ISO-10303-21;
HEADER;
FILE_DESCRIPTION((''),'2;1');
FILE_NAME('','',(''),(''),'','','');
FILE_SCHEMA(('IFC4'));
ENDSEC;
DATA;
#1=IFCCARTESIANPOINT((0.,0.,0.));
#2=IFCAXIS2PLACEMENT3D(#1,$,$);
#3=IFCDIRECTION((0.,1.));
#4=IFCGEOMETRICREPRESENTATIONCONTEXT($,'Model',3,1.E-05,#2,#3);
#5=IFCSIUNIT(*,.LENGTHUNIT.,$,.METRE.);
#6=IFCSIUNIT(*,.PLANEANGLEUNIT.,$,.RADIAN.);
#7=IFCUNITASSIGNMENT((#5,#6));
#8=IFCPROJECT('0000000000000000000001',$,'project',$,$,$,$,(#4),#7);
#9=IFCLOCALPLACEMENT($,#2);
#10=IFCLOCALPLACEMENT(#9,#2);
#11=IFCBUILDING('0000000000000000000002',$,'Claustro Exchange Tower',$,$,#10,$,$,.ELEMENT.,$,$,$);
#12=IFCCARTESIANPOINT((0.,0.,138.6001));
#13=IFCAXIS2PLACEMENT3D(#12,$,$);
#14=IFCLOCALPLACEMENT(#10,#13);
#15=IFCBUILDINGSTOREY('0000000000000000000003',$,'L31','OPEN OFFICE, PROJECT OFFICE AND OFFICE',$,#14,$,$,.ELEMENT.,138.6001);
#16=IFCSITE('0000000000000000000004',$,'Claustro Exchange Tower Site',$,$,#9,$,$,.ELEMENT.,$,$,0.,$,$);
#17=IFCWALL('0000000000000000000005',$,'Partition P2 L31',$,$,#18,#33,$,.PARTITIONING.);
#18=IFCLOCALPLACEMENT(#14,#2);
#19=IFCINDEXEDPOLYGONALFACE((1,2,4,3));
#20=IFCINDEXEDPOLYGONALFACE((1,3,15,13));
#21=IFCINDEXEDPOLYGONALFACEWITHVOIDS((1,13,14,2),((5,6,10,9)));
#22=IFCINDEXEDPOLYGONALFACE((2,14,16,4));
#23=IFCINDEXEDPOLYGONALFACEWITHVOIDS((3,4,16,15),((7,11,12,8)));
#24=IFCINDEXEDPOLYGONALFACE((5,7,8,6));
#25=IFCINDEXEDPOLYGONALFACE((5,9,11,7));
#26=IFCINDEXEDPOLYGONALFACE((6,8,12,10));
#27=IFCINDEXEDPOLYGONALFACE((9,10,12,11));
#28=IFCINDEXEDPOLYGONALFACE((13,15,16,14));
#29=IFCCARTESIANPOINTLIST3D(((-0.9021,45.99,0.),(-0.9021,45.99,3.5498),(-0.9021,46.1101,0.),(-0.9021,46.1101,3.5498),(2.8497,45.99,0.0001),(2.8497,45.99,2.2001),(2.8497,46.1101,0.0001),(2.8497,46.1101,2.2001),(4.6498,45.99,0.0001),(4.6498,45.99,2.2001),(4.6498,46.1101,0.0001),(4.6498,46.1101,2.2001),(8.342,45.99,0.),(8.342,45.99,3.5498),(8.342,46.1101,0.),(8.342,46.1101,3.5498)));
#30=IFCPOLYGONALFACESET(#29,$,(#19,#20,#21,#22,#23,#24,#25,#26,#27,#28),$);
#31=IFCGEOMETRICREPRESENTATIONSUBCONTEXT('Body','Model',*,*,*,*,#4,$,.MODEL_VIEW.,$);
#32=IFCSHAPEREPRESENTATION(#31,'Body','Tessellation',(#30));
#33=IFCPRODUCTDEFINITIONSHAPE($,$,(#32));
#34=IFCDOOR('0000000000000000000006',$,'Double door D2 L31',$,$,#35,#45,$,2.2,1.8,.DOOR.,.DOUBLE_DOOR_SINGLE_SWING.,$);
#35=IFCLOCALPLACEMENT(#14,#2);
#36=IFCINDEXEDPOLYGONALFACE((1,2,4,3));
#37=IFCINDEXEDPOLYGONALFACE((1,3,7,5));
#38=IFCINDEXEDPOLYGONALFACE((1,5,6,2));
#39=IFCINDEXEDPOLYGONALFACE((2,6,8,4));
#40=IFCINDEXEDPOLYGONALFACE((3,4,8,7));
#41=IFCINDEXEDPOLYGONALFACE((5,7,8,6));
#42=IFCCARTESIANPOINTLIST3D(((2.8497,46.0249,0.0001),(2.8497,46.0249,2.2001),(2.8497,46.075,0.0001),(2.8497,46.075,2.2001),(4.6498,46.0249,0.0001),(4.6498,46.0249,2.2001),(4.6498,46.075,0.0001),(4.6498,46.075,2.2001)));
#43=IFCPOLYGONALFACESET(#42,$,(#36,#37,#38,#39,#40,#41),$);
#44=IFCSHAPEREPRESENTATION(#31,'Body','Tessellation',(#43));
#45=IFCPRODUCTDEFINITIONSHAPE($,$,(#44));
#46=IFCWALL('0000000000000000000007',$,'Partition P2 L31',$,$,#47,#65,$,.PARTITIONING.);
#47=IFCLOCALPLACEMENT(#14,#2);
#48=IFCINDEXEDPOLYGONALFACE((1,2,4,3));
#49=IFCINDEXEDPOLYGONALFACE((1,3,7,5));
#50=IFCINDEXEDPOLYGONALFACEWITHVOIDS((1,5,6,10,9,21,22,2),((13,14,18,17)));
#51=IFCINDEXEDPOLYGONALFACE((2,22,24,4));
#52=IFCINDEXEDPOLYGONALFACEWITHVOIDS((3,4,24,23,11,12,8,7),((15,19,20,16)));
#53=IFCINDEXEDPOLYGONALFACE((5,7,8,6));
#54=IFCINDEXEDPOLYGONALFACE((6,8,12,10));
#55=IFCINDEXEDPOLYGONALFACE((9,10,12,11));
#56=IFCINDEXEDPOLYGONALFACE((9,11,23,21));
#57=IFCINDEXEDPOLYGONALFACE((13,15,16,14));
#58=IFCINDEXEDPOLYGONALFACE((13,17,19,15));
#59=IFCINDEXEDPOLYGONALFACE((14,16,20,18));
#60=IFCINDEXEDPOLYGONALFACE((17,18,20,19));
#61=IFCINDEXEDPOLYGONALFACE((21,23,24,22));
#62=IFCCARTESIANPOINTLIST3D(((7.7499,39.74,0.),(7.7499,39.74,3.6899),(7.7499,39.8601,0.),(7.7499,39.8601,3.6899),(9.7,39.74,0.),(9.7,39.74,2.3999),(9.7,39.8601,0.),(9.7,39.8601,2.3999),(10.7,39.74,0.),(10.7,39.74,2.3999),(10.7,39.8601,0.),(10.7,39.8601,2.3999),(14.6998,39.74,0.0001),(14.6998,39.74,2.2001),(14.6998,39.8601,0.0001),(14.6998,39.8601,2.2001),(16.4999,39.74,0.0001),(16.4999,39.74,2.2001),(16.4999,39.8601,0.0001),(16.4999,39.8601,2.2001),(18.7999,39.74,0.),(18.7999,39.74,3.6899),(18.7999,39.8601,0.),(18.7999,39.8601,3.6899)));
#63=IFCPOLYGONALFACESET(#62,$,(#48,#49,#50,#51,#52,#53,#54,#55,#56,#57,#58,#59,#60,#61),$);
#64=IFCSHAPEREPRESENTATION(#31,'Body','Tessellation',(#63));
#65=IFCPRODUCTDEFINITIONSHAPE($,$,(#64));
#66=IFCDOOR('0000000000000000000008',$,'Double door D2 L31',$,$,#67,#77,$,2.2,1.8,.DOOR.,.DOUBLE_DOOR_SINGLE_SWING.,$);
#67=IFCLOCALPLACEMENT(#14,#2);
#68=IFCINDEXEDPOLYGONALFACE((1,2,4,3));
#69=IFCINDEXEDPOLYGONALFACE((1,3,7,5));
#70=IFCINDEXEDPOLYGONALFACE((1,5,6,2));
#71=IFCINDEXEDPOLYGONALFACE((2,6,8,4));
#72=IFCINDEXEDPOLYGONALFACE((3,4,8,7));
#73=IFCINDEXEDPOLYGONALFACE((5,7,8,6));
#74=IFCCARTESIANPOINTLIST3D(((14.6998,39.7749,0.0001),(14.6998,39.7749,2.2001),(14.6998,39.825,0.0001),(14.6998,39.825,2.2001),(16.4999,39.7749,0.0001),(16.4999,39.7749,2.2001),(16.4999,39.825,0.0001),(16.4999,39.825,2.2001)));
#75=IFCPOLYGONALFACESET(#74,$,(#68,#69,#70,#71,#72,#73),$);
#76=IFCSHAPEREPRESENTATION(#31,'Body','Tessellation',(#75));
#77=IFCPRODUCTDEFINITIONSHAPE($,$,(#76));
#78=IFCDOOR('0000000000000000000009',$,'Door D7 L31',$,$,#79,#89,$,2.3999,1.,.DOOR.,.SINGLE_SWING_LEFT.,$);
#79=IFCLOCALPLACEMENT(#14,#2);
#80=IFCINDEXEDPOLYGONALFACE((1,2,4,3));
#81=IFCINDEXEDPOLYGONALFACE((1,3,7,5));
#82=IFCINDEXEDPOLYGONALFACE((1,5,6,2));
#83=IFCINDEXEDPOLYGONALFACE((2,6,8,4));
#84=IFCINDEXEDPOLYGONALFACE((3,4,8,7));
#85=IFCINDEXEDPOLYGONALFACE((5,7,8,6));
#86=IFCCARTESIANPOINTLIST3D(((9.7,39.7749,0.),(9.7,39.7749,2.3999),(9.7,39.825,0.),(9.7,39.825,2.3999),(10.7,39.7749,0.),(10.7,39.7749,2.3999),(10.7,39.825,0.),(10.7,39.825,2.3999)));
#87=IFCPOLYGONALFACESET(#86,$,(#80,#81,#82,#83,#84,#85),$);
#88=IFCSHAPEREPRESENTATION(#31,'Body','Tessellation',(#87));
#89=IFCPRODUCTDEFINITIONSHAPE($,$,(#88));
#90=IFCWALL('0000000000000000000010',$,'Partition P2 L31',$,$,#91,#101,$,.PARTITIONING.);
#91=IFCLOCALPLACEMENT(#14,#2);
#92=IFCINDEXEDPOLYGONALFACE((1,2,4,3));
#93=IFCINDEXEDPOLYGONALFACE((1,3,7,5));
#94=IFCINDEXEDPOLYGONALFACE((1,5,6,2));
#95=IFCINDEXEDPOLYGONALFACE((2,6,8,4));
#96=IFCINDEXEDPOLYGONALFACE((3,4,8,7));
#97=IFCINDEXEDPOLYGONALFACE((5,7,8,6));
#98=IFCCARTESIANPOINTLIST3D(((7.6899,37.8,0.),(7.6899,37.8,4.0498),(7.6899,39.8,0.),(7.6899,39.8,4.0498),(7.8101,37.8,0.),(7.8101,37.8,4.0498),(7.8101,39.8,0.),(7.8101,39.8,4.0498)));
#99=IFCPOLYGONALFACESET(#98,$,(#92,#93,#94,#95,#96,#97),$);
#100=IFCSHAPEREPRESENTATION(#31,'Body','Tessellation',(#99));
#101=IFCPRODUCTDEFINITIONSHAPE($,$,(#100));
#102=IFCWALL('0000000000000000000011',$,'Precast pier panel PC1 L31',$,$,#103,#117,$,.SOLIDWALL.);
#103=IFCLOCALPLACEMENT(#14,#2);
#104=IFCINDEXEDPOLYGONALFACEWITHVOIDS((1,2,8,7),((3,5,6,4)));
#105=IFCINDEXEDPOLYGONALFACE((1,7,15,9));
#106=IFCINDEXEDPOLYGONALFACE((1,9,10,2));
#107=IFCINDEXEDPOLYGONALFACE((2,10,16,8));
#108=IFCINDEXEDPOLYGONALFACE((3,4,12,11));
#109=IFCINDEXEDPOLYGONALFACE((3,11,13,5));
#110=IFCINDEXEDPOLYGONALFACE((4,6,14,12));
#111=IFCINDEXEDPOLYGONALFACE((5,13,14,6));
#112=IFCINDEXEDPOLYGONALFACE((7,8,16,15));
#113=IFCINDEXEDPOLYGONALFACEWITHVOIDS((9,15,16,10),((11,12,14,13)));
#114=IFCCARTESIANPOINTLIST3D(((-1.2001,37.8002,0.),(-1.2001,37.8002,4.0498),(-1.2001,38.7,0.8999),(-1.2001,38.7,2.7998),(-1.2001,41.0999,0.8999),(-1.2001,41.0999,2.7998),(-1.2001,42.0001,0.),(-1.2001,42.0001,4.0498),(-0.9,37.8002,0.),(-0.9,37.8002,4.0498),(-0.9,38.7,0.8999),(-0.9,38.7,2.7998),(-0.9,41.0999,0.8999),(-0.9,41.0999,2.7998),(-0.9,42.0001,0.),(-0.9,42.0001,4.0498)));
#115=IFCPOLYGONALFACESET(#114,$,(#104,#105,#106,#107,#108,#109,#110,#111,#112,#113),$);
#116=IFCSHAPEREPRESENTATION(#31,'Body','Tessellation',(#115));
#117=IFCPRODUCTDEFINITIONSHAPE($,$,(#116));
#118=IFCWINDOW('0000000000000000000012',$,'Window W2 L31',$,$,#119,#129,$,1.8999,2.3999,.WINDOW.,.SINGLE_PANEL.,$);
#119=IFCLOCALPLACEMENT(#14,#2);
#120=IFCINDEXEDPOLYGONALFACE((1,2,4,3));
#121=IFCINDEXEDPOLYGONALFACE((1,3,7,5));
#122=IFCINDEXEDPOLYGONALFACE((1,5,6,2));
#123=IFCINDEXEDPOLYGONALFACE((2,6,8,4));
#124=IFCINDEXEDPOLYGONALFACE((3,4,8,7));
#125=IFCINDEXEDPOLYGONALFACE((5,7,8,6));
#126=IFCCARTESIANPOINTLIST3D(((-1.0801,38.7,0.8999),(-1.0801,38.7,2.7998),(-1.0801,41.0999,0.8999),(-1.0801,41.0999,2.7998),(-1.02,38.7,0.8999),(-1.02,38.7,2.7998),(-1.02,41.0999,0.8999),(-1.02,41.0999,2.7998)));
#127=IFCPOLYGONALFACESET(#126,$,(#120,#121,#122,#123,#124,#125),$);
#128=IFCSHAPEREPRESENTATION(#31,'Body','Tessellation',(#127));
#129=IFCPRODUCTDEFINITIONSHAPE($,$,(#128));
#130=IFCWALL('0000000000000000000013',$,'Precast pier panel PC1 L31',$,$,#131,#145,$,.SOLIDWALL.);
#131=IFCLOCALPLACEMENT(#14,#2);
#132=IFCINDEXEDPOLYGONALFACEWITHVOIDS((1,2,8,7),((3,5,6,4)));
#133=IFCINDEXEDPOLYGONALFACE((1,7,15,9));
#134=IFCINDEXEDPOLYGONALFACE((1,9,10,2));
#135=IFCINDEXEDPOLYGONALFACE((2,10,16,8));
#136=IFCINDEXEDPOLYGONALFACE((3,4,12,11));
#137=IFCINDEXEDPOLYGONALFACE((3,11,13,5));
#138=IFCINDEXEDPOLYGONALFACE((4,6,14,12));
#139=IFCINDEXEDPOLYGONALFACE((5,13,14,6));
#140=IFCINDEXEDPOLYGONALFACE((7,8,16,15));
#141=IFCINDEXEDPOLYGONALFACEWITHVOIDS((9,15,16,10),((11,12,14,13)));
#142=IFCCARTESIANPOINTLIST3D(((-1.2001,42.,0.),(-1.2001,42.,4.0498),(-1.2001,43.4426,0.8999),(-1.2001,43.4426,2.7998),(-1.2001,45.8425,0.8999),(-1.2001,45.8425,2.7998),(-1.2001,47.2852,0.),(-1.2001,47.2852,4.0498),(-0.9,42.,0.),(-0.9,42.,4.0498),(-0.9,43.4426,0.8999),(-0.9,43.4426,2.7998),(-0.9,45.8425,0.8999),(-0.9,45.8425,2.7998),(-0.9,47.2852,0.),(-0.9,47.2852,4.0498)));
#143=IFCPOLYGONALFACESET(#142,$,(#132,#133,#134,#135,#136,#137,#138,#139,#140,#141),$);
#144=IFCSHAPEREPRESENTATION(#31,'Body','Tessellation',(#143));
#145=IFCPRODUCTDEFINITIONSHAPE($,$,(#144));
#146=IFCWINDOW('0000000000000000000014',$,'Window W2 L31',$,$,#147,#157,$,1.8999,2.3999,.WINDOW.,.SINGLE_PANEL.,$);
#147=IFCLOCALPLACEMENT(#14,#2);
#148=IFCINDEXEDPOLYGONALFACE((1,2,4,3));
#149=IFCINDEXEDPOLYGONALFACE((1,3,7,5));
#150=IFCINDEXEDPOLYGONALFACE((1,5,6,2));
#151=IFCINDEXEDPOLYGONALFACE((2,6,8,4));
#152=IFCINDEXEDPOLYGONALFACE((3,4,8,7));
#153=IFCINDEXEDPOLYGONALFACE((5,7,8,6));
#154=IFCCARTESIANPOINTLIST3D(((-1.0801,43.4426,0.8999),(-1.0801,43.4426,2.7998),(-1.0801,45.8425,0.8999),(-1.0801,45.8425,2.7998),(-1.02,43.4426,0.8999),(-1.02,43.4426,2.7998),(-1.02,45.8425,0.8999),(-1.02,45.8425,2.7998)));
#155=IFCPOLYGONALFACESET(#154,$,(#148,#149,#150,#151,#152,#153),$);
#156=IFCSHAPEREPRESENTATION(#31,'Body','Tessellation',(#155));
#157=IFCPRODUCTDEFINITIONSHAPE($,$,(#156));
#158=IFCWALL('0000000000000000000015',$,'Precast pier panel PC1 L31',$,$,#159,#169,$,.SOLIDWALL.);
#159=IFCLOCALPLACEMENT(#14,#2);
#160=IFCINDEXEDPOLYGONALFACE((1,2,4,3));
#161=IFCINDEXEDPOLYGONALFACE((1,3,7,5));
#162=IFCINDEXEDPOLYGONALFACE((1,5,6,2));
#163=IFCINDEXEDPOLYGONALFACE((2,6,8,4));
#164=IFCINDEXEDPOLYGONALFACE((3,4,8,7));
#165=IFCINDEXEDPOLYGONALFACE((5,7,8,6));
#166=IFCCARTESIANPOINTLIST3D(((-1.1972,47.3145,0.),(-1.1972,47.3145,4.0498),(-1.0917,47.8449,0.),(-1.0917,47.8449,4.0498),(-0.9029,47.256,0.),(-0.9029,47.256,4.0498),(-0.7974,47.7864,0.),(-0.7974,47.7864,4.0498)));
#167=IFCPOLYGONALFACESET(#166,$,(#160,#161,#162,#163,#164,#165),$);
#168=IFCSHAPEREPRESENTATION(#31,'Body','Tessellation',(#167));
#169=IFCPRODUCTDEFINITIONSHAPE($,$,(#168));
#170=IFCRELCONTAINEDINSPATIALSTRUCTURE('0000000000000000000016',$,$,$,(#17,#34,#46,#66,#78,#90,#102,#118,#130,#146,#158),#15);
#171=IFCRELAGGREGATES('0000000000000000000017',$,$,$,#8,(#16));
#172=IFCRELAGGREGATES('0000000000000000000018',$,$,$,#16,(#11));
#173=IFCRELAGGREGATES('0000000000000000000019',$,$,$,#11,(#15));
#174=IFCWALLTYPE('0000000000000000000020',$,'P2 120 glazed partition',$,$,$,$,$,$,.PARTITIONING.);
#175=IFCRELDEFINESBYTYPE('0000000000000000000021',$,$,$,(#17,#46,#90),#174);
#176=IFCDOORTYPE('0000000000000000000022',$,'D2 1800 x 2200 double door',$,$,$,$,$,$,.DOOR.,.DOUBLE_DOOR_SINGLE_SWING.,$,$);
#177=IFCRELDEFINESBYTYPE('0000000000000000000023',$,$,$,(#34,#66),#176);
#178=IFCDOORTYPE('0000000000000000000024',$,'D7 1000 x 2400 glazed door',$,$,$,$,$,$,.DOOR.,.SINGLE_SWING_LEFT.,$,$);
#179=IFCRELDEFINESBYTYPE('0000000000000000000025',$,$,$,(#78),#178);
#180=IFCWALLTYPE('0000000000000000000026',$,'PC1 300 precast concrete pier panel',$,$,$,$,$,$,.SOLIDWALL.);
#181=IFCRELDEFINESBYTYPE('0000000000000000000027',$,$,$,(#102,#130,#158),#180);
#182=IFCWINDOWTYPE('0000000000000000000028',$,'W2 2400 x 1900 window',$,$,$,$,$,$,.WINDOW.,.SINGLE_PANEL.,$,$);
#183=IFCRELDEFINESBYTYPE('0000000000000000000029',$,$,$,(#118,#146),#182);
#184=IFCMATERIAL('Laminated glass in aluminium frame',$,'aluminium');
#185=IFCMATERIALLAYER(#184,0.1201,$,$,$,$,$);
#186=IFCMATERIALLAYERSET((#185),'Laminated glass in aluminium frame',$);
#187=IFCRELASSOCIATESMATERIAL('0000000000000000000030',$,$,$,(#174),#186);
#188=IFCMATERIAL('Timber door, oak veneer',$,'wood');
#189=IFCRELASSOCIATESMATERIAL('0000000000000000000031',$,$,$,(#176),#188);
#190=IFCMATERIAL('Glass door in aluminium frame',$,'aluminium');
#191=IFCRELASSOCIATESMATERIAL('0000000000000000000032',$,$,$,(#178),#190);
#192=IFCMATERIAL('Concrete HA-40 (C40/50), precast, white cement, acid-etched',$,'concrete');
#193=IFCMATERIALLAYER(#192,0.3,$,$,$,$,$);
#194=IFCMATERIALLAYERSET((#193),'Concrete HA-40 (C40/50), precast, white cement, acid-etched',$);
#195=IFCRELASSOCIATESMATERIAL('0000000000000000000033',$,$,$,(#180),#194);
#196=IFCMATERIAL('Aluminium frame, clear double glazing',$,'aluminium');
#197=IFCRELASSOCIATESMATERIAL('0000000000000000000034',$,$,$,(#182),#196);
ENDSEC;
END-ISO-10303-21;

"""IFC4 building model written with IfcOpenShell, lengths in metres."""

from ifc_helpers import new_model, si_unit, direction, frame, frame_2d, origin, place, context, subcontext, project, spatial, rectangle, extrude, material, layer, layer_set, type_object, element, fill, save


model = new_model("IFC4")

# Units and contexts
model_context = context("Model", 3, precision=1e-05, world=origin(), true_north=direction((0.0, 1.0)))
body_context = subcontext(model_context, "Body", "Model", "MODEL_VIEW")
ifc_project = project(units=[si_unit("LENGTHUNIT", "METRE"), si_unit("PLANEANGLEUNIT", "RADIAN")], contexts=[model_context])

# Site, building, storey
site_placement = place(None, origin())
site = spatial("IfcSite", under=ifc_project, at=site_placement, Name="Claustro Exchange Tower Site", CompositionType="ELEMENT", RefElevation=0.0)
building_placement = place(site_placement, origin())
building = spatial("IfcBuilding", under=site, at=building_placement, Name="Claustro Exchange Tower", CompositionType="ELEMENT")
storey_placement = place(building_placement, frame((0.0, 0.0, 138.6001)))
storey = spatial("IfcBuildingStorey", under=building, at=storey_placement, Name="L31", Description="OPEN OFFICE, PROJECT OFFICE AND OFFICE", CompositionType="ELEMENT", Elevation=138.6001)

# Wall, opening, door
ifc_material_1 = material(Name="Laminated glass in aluminium frame", Category="aluminium")
ifc_layer_1 = layer(ifc_material_1, 0.1201)
ifc_layer_set_1 = layer_set([ifc_layer_1], Name="Laminated glass in aluminium frame")
wall_type_1 = type_object("IfcWallType", Name="P2 120 glazed partition", PredefinedType="PARTITIONING", material=ifc_layer_set_1)
wall_1_placement = place(storey_placement, frame((-0.9021, 46.05, 0.0), z_axis=(0.0, 0.0, 1.0), x_axis=(1.0, 0.0, 0.0)))
wall_1 = element("IfcWall", 1, at=wall_1_placement, inside=storey, type_object=wall_type_1, Name="Partition P2 L31", PredefinedType="PARTITIONING", context=body_context, shape_type="SweptSolid", body=[
    extrude(rectangle(XDim=9.2441, YDim=0.1201, at=frame_2d((4.6221, 0.0))), origin(), (0.0, 0.0, 1.0), 3.5498),
])
opening_1_placement = place(wall_1_placement, frame((3.752, 0.0, 0.0)))
opening_1 = element("IfcOpeningElement", 2, at=opening_1_placement, cuts=wall_1, PredefinedType="OPENING", context=body_context, shape_type="SweptSolid", body=[
    extrude(rectangle(XDim=1.8, YDim=2.2, at=frame_2d((0.8999, 1.1001))), frame((0.0, 0.0701, 0.0), z_axis=(0.0, -1.0, 0.0), x_axis=(1.0, 0.0, 0.0)), (0.0, 0.0, 1.0), 0.1401),
])
ifc_material_2 = material(Name="Timber door, oak veneer", Category="wood")
door_type_1 = type_object("IfcDoorType", Name="D2 1800 x 2200 double door", OperationType="DOUBLE_DOOR_SINGLE_SWING", PredefinedType="DOOR", material=ifc_material_2)
door_1_placement = place(opening_1_placement, origin())
door_1 = element("IfcDoor", 3, at=door_1_placement, inside=storey, type_object=door_type_1, Name="Double door D2 L31", OperationType="DOUBLE_DOOR_SINGLE_SWING", OverallHeight=2.2, OverallWidth=1.8, PredefinedType="DOOR", context=body_context, shape_type="SweptSolid", body=[
    extrude(rectangle(XDim=1.8, YDim=2.2, at=frame_2d((0.8999, 1.1001))), frame((0.0, 0.0249, 0.0), z_axis=(0.0, -1.0, 0.0), x_axis=(1.0, 0.0, 0.0)), (0.0, 0.0, 1.0), 0.05),
])
fill(opening_1, door_1)

# Wall, openings, doors
wall_2_placement = place(storey_placement, frame((7.75, 39.8, 0.0), z_axis=(0.0, 0.0, 1.0), x_axis=(1.0, 0.0, 0.0)))
wall_2 = element("IfcWall", 4, at=wall_2_placement, inside=storey, type_object=wall_type_1, Name="Partition P2 L31", PredefinedType="PARTITIONING", context=body_context, shape_type="SweptSolid", body=[
    extrude(rectangle(XDim=11.05, YDim=0.1201, at=frame_2d((5.5249, 0.0))), origin(), (0.0, 0.0, 1.0), 3.6899),
])
opening_2_placement = place(wall_2_placement, frame((1.95, 0.0, 0.0)))
opening_2 = element("IfcOpeningElement", 5, at=opening_2_placement, cuts=wall_2, PredefinedType="OPENING", context=body_context, shape_type="SweptSolid", body=[
    extrude(rectangle(XDim=1.0, YDim=2.3999, at=frame_2d((0.5, 1.2))), frame((0.0, 0.0701, 0.0), z_axis=(0.0, -1.0, 0.0), x_axis=(1.0, 0.0, 0.0)), (0.0, 0.0, 1.0), 0.1401),
])
opening_3_placement = place(wall_2_placement, frame((6.95, 0.0, 0.0)))
opening_3 = element("IfcOpeningElement", 6, at=opening_3_placement, cuts=wall_2, PredefinedType="OPENING", context=body_context, shape_type="SweptSolid", body=[
    extrude(rectangle(XDim=1.8, YDim=2.2, at=frame_2d((0.8999, 1.1001))), frame((0.0, 0.0701, 0.0), z_axis=(0.0, -1.0, 0.0), x_axis=(1.0, 0.0, 0.0)), (0.0, 0.0, 1.0), 0.1401),
])
door_2_placement = place(opening_3_placement, origin())
door_2 = element("IfcDoor", 7, at=door_2_placement, inside=storey, type_object=door_type_1, Name="Double door D2 L31", OperationType="DOUBLE_DOOR_SINGLE_SWING", OverallHeight=2.2, OverallWidth=1.8, PredefinedType="DOOR", context=body_context, shape_type="SweptSolid", body=[
    extrude(rectangle(XDim=1.8, YDim=2.2, at=frame_2d((0.8999, 1.1001))), frame((0.0, 0.0249, 0.0), z_axis=(0.0, -1.0, 0.0), x_axis=(1.0, 0.0, 0.0)), (0.0, 0.0, 1.0), 0.05),
])
fill(opening_3, door_2)
ifc_material_3 = material(Name="Glass door in aluminium frame", Category="aluminium")
door_type_2 = type_object("IfcDoorType", Name="D7 1000 x 2400 glazed door", OperationType="SINGLE_SWING_LEFT", PredefinedType="DOOR", material=ifc_material_3)
door_3_placement = place(opening_2_placement, origin())
door_3 = element("IfcDoor", 8, at=door_3_placement, inside=storey, type_object=door_type_2, Name="Door D7 L31", OperationType="SINGLE_SWING_LEFT", OverallHeight=2.3999, OverallWidth=1.0, PredefinedType="DOOR", context=body_context, shape_type="SweptSolid", body=[
    extrude(rectangle(XDim=1.0, YDim=2.3999, at=frame_2d((0.5, 1.2))), frame((0.0, 0.0249, 0.0), z_axis=(0.0, -1.0, 0.0), x_axis=(1.0, 0.0, 0.0)), (0.0, 0.0, 1.0), 0.05),
])
fill(opening_2, door_3)

# Wall
wall_3_placement = place(storey_placement, frame((7.75, 37.8, 0.0), z_axis=(0.0, 0.0, 1.0), x_axis=(0.0, 1.0, 0.0)))
element("IfcWall", 9, at=wall_3_placement, inside=storey, type_object=wall_type_1, Name="Partition P2 L31", PredefinedType="PARTITIONING", context=body_context, shape_type="SweptSolid", body=[
    extrude(rectangle(XDim=2.0, YDim=0.1201, at=frame_2d((1.0, 0.0))), origin(), (0.0, 0.0, 1.0), 4.0498),
])

# Walls, openings, windows
ifc_material_4 = material(Name="Concrete HA-40 (C40/50), precast, white cement, acid-etched", Category="concrete")
ifc_layer_2 = layer(ifc_material_4, 0.3)
ifc_layer_set_2 = layer_set([ifc_layer_2], Name="Concrete HA-40 (C40/50), precast, white cement, acid-etched")
wall_type_2 = type_object("IfcWallType", Name="PC1 300 precast concrete pier panel", PredefinedType="SOLIDWALL", material=ifc_layer_set_2)
wall_4_placement = place(storey_placement, frame((-1.05, 37.8, 0.0), z_axis=(0.0, 0.0, 1.0), x_axis=(0.0, 1.0, 0.0)))
wall_4 = element("IfcWall", 10, at=wall_4_placement, inside=storey, type_object=wall_type_2, Name="Precast pier panel PC1 L31", PredefinedType="SOLIDWALL", context=body_context, shape_type="SweptSolid", body=[
    extrude(rectangle(XDim=4.2, YDim=0.3, at=frame_2d((2.1001, 0.0))), origin(), (0.0, 0.0, 1.0), 4.0498),
])
opening_4_placement = place(wall_4_placement, frame((0.8999, 0.0, 0.8999)))
opening_4 = element("IfcOpeningElement", 11, at=opening_4_placement, cuts=wall_4, PredefinedType="OPENING", context=body_context, shape_type="SweptSolid", body=[
    extrude(rectangle(XDim=2.3999, YDim=1.8999, at=frame_2d((1.2, 0.95))), frame((0.0, 0.1599, 0.0), z_axis=(0.0, -1.0, 0.0), x_axis=(1.0, 0.0, 0.0)), (0.0, 0.0, 1.0), 0.3201),
])
ifc_material_5 = material(Name="Aluminium frame, clear double glazing", Category="aluminium")
window_type_1 = type_object("IfcWindowType", Name="W2 2400 x 1900 window", PartitioningType="SINGLE_PANEL", PredefinedType="WINDOW", material=ifc_material_5)
window_1_placement = place(opening_4_placement, origin())
window_1 = element("IfcWindow", 12, at=window_1_placement, inside=storey, type_object=window_type_1, Name="Window W2 L31", OverallHeight=1.8999, OverallWidth=2.3999, PartitioningType="SINGLE_PANEL", PredefinedType="WINDOW", context=body_context, shape_type="SweptSolid", body=[
    extrude(rectangle(XDim=2.3999, YDim=1.8999, at=frame_2d((1.2, 0.95))), frame((0.0, 0.03, 0.0), z_axis=(0.0, -1.0, 0.0), x_axis=(1.0, 0.0, 0.0)), (0.0, 0.0, 1.0), 0.0601),
])
fill(opening_4, window_1)
wall_5_placement = place(storey_placement, frame((-1.05, 42.0, 0.0), z_axis=(0.0, 0.0, 1.0), x_axis=(0.0, 1.0, 0.0)))
wall_5 = element("IfcWall", 13, at=wall_5_placement, inside=storey, type_object=wall_type_2, Name="Precast pier panel PC1 L31", PredefinedType="SOLIDWALL", context=body_context, shape_type="SweptSolid", body=[
    extrude(rectangle(XDim=5.2852, YDim=0.3, at=frame_2d((2.6426, 0.0))), origin(), (0.0, 0.0, 1.0), 4.0498),
])
opening_5_placement = place(wall_5_placement, frame((1.4426, 0.0, 0.8999)))
opening_5 = element("IfcOpeningElement", 14, at=opening_5_placement, cuts=wall_5, PredefinedType="OPENING", context=body_context, shape_type="SweptSolid", body=[
    extrude(rectangle(XDim=2.3999, YDim=1.8999, at=frame_2d((1.2, 0.95))), frame((0.0, 0.1599, 0.0), z_axis=(0.0, -1.0, 0.0), x_axis=(1.0, 0.0, 0.0)), (0.0, 0.0, 1.0), 0.3201),
])
window_2_placement = place(opening_5_placement, origin())
window_2 = element("IfcWindow", 15, at=window_2_placement, inside=storey, type_object=window_type_1, Name="Window W2 L31", OverallHeight=1.8999, OverallWidth=2.3999, PartitioningType="SINGLE_PANEL", PredefinedType="WINDOW", context=body_context, shape_type="SweptSolid", body=[
    extrude(rectangle(XDim=2.3999, YDim=1.8999, at=frame_2d((1.2, 0.95))), frame((0.0, 0.03, 0.0), z_axis=(0.0, -1.0, 0.0), x_axis=(1.0, 0.0, 0.0)), (0.0, 0.0, 1.0), 0.0601),
])
fill(opening_5, window_2)

# Wall
wall_6_placement = place(storey_placement, frame((-1.05, 47.2852, 0.0), z_axis=(0.0, 0.0, 1.0), x_axis=(0.195074, 0.980789, 0.0)))
element("IfcWall", 16, at=wall_6_placement, inside=storey, type_object=wall_type_2, Name="Precast pier panel PC1 L31", PredefinedType="SOLIDWALL", context=body_context, shape_type="SweptSolid", body=[
    extrude(rectangle(XDim=0.5408, YDim=0.3, at=frame_2d((0.2705, 0.0))), origin(), (0.0, 0.0, 1.0), 4.0498),
])

save(model, "model.ifc")
